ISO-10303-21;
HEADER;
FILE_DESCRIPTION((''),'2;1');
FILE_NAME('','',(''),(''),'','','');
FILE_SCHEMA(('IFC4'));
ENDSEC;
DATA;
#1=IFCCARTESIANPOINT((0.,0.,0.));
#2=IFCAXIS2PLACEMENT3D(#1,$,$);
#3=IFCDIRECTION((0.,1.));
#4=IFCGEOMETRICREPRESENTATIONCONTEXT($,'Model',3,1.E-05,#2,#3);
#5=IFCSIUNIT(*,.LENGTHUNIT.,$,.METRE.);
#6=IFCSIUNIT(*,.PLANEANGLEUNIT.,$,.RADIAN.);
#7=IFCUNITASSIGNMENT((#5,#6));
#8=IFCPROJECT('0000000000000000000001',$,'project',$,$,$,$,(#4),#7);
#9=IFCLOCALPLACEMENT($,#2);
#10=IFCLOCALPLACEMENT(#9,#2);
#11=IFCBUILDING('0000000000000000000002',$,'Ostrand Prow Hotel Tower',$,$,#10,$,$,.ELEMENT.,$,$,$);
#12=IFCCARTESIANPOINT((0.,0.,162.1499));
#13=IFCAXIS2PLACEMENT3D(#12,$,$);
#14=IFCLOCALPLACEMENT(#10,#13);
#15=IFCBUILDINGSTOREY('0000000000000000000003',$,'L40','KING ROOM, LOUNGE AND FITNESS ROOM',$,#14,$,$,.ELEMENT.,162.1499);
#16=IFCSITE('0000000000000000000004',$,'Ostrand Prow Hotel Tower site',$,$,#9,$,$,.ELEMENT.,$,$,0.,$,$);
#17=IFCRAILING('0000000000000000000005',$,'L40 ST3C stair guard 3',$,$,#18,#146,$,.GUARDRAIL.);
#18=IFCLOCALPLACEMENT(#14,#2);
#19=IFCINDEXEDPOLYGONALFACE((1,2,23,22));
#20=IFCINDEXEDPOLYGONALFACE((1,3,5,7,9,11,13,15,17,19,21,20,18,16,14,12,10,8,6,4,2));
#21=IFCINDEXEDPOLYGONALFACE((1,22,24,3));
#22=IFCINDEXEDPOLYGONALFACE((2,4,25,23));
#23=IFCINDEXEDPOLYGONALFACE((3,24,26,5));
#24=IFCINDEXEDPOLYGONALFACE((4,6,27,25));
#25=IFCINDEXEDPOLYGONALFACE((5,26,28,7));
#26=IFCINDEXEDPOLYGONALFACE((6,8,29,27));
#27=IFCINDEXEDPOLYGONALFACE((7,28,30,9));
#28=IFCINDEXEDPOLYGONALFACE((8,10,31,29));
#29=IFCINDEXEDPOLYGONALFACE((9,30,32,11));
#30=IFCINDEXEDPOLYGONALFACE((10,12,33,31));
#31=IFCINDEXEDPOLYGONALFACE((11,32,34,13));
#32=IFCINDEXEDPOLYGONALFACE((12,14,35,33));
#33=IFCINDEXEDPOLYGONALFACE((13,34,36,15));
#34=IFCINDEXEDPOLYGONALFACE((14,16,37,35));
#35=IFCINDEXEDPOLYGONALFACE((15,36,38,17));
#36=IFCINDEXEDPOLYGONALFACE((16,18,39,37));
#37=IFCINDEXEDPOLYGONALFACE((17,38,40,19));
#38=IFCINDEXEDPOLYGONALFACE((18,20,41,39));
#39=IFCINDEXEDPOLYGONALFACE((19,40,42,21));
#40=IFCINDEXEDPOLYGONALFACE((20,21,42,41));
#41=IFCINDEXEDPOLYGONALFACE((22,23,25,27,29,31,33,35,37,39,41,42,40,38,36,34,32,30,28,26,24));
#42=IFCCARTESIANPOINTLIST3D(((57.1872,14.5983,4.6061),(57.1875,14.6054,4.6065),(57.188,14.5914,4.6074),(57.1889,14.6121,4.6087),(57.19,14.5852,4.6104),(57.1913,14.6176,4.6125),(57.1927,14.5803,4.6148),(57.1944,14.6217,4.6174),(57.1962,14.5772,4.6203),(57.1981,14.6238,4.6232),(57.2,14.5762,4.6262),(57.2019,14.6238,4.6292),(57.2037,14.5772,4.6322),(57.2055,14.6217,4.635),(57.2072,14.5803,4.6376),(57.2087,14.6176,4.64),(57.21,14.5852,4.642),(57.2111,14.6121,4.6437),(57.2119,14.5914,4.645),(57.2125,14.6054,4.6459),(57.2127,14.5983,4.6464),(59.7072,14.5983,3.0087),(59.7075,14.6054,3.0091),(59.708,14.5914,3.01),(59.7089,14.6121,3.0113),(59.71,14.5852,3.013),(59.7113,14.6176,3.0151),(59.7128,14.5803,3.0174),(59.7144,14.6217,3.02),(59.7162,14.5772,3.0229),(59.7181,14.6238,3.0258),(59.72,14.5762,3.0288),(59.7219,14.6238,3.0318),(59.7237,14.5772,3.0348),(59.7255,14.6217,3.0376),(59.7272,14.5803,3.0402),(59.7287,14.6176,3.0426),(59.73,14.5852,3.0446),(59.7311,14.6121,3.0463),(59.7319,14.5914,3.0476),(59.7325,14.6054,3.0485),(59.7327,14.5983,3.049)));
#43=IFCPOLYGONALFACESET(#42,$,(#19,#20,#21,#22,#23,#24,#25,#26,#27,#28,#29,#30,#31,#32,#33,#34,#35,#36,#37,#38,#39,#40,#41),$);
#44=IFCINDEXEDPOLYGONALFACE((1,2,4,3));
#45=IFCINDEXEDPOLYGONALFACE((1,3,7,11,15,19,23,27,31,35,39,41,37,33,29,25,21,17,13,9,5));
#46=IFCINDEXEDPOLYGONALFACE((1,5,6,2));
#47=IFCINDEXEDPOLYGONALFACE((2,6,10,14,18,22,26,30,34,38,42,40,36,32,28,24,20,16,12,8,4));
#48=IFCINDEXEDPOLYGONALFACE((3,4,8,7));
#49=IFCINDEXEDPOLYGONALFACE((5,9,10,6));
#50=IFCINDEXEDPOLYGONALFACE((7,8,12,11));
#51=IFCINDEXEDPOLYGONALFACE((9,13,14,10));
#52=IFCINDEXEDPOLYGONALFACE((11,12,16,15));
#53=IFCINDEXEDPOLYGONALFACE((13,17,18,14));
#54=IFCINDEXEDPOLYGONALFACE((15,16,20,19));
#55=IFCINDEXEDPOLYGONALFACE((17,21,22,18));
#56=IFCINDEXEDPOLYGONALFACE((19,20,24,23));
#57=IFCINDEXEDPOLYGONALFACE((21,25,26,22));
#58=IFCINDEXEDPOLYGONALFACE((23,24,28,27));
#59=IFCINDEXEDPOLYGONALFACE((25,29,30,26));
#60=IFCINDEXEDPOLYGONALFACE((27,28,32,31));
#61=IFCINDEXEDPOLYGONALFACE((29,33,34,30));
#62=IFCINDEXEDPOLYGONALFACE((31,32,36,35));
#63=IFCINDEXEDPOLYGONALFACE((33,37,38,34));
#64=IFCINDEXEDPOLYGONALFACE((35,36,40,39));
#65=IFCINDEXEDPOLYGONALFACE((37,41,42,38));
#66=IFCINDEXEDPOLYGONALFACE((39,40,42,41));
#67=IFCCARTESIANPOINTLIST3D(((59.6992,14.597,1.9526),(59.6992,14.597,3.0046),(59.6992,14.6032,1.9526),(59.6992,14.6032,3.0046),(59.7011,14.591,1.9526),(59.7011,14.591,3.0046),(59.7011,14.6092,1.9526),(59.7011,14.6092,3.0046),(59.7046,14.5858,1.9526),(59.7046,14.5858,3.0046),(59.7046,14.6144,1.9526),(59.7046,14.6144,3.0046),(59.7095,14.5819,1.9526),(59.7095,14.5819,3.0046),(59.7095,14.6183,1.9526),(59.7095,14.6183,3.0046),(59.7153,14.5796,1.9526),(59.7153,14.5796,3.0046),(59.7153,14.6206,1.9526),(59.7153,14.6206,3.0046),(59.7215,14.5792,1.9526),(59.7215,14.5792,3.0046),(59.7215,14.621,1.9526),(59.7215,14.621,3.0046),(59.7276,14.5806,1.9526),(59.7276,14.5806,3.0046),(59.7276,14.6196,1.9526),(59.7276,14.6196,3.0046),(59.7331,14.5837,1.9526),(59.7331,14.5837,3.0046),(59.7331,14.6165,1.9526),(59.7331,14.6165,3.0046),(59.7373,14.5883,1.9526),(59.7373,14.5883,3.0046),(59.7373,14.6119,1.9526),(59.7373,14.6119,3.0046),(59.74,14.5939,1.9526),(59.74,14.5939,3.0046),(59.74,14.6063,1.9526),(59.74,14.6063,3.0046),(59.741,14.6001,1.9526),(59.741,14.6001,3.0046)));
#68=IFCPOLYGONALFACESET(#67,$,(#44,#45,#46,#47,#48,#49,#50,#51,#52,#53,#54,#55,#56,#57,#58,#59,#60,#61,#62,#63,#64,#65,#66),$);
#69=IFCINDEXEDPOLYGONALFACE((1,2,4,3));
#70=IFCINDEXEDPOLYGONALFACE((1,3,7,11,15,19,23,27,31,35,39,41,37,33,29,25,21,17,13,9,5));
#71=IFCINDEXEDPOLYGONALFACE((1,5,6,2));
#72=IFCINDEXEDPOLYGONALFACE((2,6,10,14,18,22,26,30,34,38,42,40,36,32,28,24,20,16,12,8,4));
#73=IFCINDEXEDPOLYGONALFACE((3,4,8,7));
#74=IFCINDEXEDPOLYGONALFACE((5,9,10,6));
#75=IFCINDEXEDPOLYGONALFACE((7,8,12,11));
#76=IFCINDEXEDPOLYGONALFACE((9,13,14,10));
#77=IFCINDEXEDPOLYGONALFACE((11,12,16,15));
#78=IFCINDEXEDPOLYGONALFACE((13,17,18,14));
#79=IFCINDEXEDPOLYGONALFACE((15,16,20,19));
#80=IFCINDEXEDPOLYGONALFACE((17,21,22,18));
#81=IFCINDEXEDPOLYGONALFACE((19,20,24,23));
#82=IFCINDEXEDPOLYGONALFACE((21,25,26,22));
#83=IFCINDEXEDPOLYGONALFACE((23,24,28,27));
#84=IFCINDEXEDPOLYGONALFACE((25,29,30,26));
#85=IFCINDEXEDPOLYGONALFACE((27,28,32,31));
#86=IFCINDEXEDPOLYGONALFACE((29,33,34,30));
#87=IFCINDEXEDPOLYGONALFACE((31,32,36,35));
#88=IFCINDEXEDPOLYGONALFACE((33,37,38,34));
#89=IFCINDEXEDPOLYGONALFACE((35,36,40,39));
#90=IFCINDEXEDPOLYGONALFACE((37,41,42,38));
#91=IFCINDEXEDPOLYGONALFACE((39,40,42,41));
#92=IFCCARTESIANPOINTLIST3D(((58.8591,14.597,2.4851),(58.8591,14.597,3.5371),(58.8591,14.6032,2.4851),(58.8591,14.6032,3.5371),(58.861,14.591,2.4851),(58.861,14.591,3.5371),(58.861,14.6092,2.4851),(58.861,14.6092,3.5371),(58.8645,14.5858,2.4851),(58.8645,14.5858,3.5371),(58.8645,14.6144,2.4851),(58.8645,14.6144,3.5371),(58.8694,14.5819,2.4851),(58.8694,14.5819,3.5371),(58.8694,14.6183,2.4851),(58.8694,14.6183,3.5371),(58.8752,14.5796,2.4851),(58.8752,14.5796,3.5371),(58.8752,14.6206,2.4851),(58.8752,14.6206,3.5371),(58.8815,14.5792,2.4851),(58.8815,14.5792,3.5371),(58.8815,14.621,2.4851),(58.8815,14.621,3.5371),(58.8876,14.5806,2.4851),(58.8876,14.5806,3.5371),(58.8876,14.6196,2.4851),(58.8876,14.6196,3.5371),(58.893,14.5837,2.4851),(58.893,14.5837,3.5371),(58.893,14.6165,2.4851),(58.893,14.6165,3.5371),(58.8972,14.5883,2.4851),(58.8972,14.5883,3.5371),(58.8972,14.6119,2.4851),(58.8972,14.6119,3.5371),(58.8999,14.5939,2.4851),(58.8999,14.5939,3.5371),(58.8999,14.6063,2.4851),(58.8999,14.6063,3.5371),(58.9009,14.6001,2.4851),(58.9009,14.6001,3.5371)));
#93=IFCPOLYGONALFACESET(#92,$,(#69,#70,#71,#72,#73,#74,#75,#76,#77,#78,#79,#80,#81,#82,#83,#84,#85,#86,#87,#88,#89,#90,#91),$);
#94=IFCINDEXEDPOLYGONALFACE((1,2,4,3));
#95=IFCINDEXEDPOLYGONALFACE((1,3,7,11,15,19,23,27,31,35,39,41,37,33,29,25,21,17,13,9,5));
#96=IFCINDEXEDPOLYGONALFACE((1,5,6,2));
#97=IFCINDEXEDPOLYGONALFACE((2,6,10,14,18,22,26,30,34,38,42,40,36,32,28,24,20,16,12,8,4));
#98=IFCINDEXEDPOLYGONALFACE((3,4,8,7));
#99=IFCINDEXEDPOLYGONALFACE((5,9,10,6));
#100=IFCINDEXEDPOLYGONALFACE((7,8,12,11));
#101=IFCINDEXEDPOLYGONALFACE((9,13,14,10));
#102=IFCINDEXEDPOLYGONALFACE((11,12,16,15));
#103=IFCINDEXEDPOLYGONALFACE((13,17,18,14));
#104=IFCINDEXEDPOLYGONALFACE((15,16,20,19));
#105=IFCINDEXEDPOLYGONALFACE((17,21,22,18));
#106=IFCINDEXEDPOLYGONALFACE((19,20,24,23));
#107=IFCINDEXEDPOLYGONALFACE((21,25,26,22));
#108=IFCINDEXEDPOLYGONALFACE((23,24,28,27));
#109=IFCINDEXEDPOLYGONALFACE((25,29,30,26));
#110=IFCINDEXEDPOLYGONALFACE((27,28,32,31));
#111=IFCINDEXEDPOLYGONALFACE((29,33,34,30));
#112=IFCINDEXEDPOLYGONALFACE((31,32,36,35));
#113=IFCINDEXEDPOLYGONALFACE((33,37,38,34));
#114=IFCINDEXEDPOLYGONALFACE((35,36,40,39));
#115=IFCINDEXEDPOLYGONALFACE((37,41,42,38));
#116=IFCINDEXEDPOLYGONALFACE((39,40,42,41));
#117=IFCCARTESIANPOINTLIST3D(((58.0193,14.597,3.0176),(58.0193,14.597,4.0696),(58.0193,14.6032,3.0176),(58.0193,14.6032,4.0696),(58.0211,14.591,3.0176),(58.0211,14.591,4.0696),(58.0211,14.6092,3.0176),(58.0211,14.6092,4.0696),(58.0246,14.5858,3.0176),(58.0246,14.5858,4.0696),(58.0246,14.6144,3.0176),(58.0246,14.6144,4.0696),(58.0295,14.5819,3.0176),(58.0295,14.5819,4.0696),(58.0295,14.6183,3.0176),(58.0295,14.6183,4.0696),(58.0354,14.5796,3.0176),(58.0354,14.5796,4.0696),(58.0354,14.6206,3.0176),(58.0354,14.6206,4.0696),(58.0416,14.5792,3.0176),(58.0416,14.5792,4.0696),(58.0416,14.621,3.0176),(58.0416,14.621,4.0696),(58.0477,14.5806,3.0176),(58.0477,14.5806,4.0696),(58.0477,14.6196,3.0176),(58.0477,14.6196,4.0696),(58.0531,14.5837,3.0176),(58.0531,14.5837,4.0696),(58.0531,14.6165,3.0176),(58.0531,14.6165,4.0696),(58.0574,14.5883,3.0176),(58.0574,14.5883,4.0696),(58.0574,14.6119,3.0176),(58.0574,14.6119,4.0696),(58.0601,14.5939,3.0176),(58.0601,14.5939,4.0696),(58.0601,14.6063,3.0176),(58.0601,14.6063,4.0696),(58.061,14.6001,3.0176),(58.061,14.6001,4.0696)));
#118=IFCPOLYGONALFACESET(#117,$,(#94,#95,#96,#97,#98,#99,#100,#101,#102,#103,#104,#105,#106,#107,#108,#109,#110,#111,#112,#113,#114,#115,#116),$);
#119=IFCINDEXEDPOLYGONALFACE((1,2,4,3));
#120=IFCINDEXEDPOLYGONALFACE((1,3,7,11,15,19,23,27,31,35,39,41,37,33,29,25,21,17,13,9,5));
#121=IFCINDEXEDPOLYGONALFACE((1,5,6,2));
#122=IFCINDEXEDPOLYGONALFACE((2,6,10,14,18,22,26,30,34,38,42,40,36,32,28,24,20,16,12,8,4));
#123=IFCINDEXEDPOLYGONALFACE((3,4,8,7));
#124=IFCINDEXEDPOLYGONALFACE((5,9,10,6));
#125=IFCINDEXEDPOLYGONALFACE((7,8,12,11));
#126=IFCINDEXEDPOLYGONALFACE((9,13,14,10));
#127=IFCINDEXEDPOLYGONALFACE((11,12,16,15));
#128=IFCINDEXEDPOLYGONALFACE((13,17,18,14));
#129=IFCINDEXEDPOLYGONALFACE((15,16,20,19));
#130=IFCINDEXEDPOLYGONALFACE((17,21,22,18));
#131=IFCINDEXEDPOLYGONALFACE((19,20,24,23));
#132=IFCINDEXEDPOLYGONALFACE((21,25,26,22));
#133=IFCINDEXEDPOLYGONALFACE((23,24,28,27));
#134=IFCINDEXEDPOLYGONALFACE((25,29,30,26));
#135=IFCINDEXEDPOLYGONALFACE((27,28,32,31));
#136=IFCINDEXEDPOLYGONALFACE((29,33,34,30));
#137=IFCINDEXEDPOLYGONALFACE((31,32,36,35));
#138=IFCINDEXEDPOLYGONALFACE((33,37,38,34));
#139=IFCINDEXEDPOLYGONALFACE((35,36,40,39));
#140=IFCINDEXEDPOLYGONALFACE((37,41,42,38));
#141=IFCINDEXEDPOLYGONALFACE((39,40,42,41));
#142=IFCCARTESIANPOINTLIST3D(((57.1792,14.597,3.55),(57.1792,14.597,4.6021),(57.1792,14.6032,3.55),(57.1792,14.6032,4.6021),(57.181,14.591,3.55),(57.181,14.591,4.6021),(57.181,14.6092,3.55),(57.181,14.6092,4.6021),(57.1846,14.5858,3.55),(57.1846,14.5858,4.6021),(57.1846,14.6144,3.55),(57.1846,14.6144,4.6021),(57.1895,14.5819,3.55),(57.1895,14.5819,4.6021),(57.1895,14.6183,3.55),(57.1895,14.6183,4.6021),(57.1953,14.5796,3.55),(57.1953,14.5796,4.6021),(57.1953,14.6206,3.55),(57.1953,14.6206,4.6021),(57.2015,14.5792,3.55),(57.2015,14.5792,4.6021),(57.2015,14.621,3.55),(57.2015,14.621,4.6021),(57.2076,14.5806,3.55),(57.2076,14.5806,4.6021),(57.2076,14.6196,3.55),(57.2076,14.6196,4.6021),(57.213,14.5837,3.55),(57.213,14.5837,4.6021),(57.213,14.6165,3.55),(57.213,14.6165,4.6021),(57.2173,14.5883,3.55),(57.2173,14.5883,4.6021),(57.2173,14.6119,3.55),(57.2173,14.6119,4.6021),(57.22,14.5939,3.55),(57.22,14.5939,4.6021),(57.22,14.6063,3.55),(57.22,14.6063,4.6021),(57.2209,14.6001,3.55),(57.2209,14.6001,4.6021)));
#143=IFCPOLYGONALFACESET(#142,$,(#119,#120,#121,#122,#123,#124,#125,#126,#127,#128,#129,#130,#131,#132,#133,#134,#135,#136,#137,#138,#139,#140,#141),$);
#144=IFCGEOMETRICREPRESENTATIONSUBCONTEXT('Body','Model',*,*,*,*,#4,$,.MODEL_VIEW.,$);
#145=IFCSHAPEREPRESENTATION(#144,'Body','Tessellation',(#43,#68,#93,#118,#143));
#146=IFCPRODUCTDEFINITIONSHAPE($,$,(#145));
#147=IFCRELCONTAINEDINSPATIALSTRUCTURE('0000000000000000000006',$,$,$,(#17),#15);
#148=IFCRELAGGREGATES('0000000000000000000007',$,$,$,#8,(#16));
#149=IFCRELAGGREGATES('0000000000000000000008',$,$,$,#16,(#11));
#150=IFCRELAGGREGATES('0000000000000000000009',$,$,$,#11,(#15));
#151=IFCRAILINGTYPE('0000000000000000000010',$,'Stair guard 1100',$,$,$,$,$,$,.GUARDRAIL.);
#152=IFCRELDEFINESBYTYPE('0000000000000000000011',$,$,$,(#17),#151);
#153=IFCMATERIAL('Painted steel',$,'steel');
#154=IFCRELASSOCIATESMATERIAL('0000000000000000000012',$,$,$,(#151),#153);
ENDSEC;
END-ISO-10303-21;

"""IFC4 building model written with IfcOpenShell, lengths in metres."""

from ifc_helpers import new_model, si_unit, direction, frame, origin, origin_2d, place, context, subcontext, project, spatial, circle, extrude, material, type_object, element, save


model = new_model("IFC4")

# Units and contexts
model_context = context("Model", 3, precision=1e-05, world=origin(), true_north=direction((0.0, 1.0)))
body_context = subcontext(model_context, "Body", "Model", "MODEL_VIEW")
ifc_project = project(units=[si_unit("LENGTHUNIT", "METRE"), si_unit("PLANEANGLEUNIT", "RADIAN")], contexts=[model_context])

# Site, building, storey
site_placement = place(None, origin())
site = spatial("IfcSite", under=ifc_project, at=site_placement, Name="Ostrand Prow Hotel Tower site", CompositionType="ELEMENT", RefElevation=0.0)
building_placement = place(site_placement, origin())
building = spatial("IfcBuilding", under=site, at=building_placement, Name="Ostrand Prow Hotel Tower", CompositionType="ELEMENT")
storey_placement = place(building_placement, frame((0.0, 0.0, 162.1499)))
storey = spatial("IfcBuildingStorey", under=building, at=storey_placement, Name="L40", Description="KING ROOM, LOUNGE AND FITNESS ROOM", CompositionType="ELEMENT", Elevation=162.1499)

# Railing
ifc_material_1 = material(Name="Painted steel", Category="steel")
railing_type_1 = type_object("IfcRailingType", Name="Stair guard 1100", PredefinedType="GUARDRAIL", material=ifc_material_1)
railing_1_placement = place(storey_placement, frame((59.72, 14.6001, 1.9526)))
element("IfcRailing", 1, at=railing_1_placement, inside=storey, type_object=railing_type_1, Name="L40 ST3C stair guard 3", PredefinedType="GUARDRAIL", context=body_context, shape_type="SweptSolid", body=[
    extrude(circle(Radius=0.0239, at=origin_2d()), frame((0.0, 0.0, 1.0762), z_axis=(-0.844607, 0.0, 0.535387), x_axis=(0.0, -1.0, 0.0)), (0.0, 0.0, 1.0), 2.9836),
    extrude(circle(Radius=0.021, at=origin_2d()), origin(), (0.0, 0.0, 1.0), 1.052),
    extrude(circle(Radius=0.021, at=origin_2d()), frame((-0.8401, 0.0, 0.5325)), (0.0, 0.0, 1.0), 1.052),
    extrude(circle(Radius=0.021, at=origin_2d()), frame((-1.6799, 0.0, 1.0649)), (0.0, 0.0, 1.0), 1.052),
    extrude(circle(Radius=0.021, at=origin_2d()), frame((-2.52, 0.0, 1.5974)), (0.0, 0.0, 1.0), 1.052),
])

save(model, "model.ifc")
